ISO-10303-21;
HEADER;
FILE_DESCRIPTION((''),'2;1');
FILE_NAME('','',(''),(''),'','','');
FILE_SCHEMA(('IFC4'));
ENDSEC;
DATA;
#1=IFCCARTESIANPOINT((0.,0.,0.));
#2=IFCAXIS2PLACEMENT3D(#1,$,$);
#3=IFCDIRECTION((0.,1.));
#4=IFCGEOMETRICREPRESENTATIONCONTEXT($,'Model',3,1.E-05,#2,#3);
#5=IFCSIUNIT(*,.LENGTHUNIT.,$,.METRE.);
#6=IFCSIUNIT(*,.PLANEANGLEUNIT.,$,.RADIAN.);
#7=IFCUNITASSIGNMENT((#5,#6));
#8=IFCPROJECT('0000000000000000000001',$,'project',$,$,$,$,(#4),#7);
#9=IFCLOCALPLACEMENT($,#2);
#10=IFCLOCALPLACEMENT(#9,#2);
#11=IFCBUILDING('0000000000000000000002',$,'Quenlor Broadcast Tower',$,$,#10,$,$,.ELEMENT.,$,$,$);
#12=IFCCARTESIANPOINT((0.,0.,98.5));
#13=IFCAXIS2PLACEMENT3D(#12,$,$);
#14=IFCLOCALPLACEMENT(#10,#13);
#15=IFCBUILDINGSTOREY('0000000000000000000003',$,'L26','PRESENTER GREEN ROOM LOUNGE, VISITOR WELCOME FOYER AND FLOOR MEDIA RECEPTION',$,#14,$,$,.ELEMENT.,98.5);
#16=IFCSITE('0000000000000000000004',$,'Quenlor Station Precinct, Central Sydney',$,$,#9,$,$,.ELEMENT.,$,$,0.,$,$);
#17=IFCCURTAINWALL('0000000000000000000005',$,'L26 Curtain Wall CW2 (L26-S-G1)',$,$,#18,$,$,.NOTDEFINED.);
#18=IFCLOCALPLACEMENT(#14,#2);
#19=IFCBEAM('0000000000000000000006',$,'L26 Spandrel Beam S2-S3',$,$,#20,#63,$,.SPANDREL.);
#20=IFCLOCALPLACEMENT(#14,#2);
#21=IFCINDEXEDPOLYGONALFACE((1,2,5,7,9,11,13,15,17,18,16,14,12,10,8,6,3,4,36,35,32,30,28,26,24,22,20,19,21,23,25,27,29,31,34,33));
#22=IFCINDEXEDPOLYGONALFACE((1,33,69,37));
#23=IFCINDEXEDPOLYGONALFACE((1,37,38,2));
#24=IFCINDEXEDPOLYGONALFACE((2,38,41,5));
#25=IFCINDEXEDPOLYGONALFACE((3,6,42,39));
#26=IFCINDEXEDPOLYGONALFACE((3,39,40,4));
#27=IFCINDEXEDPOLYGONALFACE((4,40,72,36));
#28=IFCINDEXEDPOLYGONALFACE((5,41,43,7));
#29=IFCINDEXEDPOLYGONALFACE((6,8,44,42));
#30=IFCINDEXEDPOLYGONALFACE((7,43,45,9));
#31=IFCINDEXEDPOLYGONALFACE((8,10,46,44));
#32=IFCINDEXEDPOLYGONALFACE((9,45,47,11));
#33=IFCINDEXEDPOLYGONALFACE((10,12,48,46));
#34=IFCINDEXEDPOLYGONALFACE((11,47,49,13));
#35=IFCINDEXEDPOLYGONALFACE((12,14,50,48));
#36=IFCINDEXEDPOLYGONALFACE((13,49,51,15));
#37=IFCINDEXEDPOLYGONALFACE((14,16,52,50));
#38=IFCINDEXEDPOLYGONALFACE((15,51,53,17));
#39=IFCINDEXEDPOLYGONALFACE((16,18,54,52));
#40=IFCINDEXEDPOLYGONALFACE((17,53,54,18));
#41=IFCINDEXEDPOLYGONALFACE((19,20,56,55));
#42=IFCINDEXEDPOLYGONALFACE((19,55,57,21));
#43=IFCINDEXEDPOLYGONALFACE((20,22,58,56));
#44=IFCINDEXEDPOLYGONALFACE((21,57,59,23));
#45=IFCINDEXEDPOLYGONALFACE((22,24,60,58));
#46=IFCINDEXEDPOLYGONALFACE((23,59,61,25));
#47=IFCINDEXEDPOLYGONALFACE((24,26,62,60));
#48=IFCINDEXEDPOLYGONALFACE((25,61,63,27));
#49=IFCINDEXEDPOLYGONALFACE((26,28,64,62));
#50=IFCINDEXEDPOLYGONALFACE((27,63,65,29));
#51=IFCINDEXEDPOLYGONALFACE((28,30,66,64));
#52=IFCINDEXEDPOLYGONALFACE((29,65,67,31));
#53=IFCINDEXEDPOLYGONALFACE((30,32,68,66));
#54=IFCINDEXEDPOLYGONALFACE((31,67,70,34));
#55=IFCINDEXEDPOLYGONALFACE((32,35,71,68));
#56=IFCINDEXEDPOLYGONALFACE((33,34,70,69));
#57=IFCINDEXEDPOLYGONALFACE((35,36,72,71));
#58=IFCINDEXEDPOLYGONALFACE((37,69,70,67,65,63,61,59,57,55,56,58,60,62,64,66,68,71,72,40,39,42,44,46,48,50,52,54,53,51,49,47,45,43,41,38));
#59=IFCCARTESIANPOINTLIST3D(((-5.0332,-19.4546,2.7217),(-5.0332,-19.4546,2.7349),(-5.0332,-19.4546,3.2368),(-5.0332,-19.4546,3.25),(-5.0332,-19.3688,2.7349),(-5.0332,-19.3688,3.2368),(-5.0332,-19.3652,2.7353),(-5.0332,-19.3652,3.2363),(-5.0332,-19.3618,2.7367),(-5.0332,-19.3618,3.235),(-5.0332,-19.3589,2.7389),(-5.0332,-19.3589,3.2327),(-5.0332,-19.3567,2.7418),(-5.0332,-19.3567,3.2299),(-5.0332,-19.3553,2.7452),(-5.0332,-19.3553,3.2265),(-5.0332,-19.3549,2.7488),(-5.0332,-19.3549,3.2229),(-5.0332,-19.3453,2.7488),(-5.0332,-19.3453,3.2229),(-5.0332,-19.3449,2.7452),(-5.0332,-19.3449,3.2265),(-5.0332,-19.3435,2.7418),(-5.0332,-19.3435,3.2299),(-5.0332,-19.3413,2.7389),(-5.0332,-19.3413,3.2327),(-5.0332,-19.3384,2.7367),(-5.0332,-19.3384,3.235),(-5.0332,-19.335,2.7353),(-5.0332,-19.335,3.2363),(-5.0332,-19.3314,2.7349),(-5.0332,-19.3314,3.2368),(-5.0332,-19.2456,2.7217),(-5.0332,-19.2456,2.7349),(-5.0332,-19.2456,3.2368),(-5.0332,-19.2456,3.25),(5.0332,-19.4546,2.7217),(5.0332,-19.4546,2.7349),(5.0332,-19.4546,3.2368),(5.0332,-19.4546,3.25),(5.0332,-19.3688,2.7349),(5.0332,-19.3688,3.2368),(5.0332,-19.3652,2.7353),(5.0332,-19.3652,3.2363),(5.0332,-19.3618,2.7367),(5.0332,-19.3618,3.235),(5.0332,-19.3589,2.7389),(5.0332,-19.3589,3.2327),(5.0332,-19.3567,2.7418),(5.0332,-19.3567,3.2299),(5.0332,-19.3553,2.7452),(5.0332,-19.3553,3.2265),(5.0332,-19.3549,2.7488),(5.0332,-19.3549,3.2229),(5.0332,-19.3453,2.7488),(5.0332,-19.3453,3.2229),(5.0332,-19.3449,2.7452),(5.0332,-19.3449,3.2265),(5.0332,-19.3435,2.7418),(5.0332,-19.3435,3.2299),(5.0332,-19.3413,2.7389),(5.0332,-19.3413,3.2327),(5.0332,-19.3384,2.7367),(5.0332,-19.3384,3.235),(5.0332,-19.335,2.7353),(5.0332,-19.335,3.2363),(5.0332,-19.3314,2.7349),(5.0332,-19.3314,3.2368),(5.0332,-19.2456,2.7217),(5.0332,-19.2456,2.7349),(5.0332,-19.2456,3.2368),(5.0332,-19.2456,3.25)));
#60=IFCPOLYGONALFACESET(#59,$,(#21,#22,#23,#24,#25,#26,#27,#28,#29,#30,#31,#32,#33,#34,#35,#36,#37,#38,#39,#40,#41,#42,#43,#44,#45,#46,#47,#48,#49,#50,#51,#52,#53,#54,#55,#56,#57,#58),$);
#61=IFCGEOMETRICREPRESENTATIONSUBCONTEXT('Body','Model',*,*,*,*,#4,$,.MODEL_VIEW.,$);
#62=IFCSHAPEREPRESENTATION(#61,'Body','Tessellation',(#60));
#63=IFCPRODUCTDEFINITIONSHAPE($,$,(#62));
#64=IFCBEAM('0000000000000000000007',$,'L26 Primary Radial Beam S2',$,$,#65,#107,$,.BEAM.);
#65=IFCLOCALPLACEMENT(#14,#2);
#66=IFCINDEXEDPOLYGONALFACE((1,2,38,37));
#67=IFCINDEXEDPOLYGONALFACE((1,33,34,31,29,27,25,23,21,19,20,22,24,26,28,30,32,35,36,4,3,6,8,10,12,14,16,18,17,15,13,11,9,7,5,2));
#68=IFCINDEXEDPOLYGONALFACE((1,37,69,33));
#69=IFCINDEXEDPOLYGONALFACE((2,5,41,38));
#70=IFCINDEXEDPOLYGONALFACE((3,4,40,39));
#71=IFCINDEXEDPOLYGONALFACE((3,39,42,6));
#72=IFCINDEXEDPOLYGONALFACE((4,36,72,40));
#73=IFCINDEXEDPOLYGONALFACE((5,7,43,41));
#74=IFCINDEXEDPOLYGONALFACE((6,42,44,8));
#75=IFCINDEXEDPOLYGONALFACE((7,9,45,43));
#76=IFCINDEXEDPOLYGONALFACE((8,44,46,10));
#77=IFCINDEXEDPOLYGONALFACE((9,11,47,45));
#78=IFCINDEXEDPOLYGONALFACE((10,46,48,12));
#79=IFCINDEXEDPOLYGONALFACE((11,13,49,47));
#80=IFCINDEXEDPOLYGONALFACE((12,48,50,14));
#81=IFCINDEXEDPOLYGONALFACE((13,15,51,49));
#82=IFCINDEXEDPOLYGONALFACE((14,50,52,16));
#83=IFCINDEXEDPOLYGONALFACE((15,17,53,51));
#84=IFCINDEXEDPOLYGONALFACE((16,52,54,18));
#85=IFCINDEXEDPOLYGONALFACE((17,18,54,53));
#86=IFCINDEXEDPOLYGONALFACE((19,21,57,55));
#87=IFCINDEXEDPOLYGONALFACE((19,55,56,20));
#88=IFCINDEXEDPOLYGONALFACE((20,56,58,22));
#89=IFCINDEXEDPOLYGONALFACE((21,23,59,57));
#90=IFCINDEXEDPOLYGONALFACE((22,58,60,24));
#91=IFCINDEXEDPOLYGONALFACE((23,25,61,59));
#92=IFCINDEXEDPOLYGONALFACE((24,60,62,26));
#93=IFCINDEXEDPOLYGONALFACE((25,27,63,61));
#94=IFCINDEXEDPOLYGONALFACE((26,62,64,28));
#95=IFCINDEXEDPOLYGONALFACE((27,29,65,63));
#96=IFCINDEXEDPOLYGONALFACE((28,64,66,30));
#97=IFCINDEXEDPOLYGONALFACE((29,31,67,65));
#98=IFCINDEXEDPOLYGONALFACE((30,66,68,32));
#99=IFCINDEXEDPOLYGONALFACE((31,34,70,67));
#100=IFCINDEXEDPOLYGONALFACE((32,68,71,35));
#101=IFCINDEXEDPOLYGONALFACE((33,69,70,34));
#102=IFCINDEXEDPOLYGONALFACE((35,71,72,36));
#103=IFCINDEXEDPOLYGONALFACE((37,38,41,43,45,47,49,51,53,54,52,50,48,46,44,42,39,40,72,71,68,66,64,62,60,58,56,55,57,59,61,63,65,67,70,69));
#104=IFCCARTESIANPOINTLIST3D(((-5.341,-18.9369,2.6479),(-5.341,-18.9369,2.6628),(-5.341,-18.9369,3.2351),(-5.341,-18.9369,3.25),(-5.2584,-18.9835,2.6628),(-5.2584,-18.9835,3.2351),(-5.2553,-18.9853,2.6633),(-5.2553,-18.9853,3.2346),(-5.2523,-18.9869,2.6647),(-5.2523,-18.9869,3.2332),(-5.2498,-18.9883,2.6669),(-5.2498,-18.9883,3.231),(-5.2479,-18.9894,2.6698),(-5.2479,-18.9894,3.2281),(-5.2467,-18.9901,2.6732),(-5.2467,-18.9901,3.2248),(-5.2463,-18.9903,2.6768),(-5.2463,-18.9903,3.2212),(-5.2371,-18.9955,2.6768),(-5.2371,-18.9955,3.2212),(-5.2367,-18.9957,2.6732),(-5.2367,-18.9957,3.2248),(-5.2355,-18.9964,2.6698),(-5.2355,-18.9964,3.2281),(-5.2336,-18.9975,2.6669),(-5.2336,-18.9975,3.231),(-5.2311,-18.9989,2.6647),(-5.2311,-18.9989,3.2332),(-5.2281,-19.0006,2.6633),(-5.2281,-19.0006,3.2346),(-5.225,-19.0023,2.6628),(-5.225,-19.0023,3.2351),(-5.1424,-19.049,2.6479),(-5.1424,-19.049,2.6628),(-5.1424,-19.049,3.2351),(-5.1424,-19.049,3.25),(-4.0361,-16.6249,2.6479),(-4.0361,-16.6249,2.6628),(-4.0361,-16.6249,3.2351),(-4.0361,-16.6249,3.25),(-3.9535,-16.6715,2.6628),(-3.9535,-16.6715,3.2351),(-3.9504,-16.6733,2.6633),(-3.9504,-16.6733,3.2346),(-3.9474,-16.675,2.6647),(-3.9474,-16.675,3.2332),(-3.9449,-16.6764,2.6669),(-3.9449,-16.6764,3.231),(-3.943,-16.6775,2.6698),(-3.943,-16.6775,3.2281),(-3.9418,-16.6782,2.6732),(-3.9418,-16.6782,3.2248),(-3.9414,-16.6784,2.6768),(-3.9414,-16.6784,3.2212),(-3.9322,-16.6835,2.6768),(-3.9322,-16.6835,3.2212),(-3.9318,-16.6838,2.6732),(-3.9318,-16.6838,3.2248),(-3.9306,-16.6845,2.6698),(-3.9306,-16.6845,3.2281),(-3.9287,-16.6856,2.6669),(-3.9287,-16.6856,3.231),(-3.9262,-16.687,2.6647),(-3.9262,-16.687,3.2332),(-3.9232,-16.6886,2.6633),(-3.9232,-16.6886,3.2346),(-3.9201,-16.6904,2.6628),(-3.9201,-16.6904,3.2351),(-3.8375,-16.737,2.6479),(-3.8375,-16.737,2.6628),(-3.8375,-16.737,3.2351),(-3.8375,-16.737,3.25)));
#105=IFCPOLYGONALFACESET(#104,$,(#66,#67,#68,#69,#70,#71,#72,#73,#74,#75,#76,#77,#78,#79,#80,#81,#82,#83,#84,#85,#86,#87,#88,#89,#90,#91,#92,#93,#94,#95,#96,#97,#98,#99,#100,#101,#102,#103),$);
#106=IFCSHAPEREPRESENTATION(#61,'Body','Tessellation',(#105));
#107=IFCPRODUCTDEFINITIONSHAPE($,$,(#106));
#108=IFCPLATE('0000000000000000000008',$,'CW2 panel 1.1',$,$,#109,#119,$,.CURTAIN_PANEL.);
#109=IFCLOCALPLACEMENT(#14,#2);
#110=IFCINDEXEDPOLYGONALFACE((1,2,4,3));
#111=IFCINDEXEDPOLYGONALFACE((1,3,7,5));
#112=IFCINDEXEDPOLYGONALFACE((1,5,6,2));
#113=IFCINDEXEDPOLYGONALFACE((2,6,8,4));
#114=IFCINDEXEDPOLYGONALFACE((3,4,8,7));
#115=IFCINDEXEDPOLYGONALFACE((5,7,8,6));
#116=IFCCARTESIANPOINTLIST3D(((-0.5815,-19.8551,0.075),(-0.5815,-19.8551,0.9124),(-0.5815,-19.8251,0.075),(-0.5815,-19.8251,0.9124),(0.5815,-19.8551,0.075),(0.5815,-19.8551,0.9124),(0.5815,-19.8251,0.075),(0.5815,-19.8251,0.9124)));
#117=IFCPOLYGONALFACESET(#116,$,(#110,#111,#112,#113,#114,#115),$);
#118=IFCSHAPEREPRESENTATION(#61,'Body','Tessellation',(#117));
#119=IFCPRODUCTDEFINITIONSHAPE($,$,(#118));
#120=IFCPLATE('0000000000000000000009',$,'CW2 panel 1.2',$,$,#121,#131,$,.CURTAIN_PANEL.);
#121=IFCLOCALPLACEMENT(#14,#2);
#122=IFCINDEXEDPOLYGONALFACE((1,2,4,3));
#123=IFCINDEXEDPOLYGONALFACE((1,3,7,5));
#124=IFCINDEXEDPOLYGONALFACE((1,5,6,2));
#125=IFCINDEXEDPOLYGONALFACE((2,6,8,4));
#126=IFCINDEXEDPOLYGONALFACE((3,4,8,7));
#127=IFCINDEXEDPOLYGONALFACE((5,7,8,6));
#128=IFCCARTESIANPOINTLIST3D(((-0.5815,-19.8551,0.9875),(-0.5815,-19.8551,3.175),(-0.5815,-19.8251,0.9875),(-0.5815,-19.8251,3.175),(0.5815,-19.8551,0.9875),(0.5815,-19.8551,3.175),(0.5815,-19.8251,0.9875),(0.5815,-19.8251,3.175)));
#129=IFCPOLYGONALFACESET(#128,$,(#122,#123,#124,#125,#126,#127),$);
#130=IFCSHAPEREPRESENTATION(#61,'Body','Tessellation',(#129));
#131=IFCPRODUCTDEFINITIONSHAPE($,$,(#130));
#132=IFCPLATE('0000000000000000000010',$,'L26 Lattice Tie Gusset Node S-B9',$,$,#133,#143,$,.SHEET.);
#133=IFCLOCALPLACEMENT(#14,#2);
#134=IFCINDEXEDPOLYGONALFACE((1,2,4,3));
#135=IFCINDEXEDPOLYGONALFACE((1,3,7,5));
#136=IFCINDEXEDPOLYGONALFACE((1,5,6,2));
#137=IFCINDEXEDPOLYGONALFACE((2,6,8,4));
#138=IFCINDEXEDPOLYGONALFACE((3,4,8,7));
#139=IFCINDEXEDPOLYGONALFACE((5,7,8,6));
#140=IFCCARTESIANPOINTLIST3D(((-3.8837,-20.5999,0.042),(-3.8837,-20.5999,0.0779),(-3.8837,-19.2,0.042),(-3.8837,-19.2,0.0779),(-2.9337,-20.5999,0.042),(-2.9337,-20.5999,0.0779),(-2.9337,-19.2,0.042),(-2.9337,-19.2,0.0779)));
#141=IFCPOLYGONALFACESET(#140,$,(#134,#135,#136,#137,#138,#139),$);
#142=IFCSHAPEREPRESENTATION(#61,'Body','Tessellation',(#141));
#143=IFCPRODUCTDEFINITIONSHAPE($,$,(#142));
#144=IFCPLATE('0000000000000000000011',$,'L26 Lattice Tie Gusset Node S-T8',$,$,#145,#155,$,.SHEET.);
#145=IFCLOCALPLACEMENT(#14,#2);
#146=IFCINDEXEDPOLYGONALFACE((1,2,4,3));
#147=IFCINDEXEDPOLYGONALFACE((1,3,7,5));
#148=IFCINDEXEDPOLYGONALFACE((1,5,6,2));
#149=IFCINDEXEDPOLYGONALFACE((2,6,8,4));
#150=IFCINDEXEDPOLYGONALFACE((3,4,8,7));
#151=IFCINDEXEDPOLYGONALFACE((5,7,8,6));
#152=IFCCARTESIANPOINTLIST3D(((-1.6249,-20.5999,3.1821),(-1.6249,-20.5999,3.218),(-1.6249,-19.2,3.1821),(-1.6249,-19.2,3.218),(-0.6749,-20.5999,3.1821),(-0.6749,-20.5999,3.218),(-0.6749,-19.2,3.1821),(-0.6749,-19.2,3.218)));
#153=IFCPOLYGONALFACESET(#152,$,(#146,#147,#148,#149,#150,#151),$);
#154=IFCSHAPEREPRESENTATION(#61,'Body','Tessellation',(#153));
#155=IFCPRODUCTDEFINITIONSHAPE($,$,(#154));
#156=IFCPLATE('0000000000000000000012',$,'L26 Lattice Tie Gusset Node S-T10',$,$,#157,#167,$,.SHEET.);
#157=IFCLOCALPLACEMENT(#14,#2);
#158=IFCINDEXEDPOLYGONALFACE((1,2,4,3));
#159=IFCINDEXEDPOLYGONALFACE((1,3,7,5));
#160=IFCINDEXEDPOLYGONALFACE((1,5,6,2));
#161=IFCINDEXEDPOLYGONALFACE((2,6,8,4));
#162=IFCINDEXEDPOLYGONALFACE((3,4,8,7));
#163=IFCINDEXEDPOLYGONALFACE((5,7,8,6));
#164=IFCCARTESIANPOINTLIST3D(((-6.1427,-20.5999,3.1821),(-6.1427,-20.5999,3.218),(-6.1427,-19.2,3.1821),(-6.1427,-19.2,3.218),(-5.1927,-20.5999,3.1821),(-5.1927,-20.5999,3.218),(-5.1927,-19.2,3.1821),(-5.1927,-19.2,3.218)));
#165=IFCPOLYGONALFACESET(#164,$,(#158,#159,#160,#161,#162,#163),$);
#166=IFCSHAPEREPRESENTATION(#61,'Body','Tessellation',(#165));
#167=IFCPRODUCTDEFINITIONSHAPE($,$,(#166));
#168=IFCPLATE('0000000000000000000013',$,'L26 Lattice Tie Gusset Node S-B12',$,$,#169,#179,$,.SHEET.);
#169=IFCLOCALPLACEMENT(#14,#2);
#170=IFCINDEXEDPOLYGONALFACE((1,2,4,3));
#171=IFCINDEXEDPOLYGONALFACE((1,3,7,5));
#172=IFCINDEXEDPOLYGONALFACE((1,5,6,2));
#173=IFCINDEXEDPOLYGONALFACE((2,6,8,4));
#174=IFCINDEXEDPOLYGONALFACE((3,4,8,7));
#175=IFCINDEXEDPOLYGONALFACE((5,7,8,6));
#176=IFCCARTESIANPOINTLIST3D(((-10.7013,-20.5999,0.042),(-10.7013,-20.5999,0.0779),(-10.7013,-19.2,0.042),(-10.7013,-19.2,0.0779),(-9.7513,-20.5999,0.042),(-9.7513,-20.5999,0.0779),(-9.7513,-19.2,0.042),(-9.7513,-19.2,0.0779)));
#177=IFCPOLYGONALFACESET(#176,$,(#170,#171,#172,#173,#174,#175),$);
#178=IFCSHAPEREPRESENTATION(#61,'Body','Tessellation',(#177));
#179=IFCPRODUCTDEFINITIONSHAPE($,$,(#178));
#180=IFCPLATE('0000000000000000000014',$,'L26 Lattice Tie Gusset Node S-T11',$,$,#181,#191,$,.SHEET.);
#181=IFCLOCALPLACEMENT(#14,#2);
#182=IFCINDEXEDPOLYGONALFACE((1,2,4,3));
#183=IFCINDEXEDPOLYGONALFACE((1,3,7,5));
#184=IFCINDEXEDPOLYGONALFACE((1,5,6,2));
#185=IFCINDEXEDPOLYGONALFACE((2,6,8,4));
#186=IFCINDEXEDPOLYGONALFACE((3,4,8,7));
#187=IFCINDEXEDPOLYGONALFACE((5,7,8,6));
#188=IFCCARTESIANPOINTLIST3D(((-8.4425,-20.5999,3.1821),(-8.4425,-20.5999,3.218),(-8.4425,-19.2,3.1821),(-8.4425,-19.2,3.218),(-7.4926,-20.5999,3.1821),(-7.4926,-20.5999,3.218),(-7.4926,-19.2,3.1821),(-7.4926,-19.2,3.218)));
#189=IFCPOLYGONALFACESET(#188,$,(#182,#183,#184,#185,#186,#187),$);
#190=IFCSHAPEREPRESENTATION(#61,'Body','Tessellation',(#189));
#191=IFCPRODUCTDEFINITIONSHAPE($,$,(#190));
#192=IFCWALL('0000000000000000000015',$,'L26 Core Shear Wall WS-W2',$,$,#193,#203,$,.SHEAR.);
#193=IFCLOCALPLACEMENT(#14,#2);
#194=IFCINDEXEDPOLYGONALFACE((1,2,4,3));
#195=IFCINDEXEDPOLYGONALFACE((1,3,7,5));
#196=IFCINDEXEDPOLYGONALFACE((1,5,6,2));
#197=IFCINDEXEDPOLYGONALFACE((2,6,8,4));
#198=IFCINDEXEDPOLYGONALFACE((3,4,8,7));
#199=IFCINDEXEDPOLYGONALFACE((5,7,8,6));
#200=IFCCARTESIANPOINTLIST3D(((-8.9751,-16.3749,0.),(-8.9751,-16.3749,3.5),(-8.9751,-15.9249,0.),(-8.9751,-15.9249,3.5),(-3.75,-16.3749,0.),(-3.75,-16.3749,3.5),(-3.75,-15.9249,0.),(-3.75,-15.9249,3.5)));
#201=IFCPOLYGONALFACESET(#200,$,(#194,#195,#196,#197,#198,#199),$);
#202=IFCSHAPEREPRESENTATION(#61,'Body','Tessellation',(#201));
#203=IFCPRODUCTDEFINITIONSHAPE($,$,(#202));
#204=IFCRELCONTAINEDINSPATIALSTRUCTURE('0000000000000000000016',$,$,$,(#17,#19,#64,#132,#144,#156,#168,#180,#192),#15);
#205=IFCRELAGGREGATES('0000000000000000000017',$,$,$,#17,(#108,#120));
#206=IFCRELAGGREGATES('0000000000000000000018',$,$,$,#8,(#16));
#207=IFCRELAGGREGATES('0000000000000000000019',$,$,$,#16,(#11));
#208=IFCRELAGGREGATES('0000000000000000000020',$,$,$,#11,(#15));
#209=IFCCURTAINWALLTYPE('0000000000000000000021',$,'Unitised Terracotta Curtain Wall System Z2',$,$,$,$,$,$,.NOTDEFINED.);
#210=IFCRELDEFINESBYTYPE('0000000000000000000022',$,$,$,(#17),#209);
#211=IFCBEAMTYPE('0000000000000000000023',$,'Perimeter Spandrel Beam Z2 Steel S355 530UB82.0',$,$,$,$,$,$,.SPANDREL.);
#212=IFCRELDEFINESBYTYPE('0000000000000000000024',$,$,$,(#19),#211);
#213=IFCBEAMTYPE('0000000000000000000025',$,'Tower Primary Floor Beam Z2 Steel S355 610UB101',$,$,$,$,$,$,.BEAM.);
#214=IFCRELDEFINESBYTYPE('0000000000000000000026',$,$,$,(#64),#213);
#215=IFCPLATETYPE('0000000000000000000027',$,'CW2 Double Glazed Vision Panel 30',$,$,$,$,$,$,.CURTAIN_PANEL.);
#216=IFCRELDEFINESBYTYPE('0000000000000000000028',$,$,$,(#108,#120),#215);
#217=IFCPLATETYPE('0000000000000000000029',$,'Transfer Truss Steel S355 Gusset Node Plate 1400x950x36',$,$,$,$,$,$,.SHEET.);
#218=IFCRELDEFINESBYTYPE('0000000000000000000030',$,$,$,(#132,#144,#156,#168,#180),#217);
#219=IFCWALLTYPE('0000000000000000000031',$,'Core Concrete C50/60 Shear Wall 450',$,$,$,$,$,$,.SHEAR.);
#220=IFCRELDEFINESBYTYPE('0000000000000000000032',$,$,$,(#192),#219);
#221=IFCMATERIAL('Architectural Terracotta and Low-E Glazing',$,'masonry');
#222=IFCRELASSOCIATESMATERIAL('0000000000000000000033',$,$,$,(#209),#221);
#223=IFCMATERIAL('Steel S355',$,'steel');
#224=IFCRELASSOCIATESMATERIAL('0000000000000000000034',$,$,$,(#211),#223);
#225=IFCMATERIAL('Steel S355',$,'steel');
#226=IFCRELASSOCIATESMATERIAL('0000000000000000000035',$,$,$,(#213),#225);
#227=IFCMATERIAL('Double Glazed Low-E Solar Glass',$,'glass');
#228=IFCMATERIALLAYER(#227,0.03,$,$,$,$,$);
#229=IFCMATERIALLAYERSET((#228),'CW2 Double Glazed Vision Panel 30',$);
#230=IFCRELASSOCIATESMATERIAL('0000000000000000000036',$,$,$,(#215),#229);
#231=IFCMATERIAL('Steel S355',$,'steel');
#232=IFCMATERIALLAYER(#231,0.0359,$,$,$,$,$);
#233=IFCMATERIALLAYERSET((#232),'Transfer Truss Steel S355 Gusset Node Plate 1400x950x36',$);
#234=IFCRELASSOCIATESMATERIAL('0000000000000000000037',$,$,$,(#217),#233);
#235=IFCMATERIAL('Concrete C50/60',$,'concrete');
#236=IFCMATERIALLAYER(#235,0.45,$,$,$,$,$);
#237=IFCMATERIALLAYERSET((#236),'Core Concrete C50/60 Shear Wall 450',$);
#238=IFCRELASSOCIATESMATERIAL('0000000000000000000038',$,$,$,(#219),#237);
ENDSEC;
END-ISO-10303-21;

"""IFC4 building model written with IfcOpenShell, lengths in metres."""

from ifc_helpers import new_model, si_unit, direction, frame, frame_2d, origin, origin_2d, place, context, subcontext, project, spatial, rectangle, i_section, extrude, material, layer, layer_set, material_profile, profile_set, type_object, element, aggregate, save


model = new_model("IFC4")

# Units and contexts
model_context = context("Model", 3, precision=1e-05, world=origin(), true_north=direction((0.0, 1.0)))
body_context = subcontext(model_context, "Body", "Model", "MODEL_VIEW")
ifc_project = project(units=[si_unit("LENGTHUNIT", "METRE"), si_unit("PLANEANGLEUNIT", "RADIAN")], contexts=[model_context])

# Site, building, storey
site_placement = place(None, origin())
site = spatial("IfcSite", under=ifc_project, at=site_placement, Name="Quenlor Station Precinct, Central Sydney", CompositionType="ELEMENT", RefElevation=0.0)
building_placement = place(site_placement, origin())
building = spatial("IfcBuilding", under=site, at=building_placement, Name="Quenlor Broadcast Tower", CompositionType="ELEMENT")
storey_placement = place(building_placement, frame((0.0, 0.0, 98.5)))
storey = spatial("IfcBuildingStorey", under=building, at=storey_placement, Name="L26", Description="PRESENTER GREEN ROOM LOUNGE, VISITOR WELCOME FOYER AND FLOOR MEDIA RECEPTION", CompositionType="ELEMENT", Elevation=98.5)

# Curtain wall
ifc_material_1 = material(Name="Architectural Terracotta and Low-E Glazing", Category="masonry")
curtain_wall_type = type_object("IfcCurtainWallType", Name="Unitised Terracotta Curtain Wall System Z2", PredefinedType="NOTDEFINED", material=ifc_material_1)
curtain_wall_placement = place(storey_placement, origin())
curtain_wall = element("IfcCurtainWall", 1, at=curtain_wall_placement, inside=storey, type_object=curtain_wall_type, Name="L26 Curtain Wall CW2 (L26-S-G1)", PredefinedType="NOTDEFINED")

# Beams
ifc_material_2 = material(Name="Steel S355", Category="steel")
ifc_material_profile_1 = material_profile(ifc_material_2, i_section(OverallWidth=0.209, OverallDepth=0.5283, WebThickness=0.0095, FlangeThickness=0.0132, FilletRadius=0.0139, at=origin_2d()))
ifc_profile_set_1 = profile_set([ifc_material_profile_1], Name="Steel S355 530UB82.0")
beam_type_1 = type_object("IfcBeamType", Name="Perimeter Spandrel Beam Z2 Steel S355 530UB82.0", PredefinedType="SPANDREL", material=ifc_profile_set_1)
beam_1_placement = place(storey_placement, frame((-5.0332, -19.3501, 2.9858), z_axis=(1.0, 0.0, 0.0), x_axis=(0.0, 1.0, 0.0)))
element("IfcBeam", 2, at=beam_1_placement, inside=storey, type_object=beam_type_1, Name="L26 Spandrel Beam S2-S3", PredefinedType="SPANDREL", context=body_context, shape_type="SweptSolid", body=[
    extrude(i_section(OverallWidth=0.209, OverallDepth=0.5283, WebThickness=0.0095, FlangeThickness=0.0132, FilletRadius=0.0139, at=origin_2d()), origin(), (0.0, 0.0, 1.0), 10.0664),
])
ifc_material_3 = material(Name="Steel S355", Category="steel")
ifc_material_profile_2 = material_profile(ifc_material_3, i_section(OverallWidth=0.228, OverallDepth=0.6021, WebThickness=0.0105, FlangeThickness=0.0149, FilletRadius=0.0139, at=origin_2d()))
ifc_profile_set_2 = profile_set([ifc_material_profile_2], Name="Steel S355 610UB101")
beam_type_2 = type_object("IfcBeamType", Name="Tower Primary Floor Beam Z2 Steel S355 610UB101", PredefinedType="BEAM", material=ifc_profile_set_2)
beam_2_placement = place(storey_placement, frame((-5.2417, -18.9929, 2.949), z_axis=(0.491527, 0.870862, 0.0), x_axis=(-0.870862, 0.491527, 0.0)))
element("IfcBeam", 3, at=beam_2_placement, inside=storey, type_object=beam_type_2, Name="L26 Primary Radial Beam S2", PredefinedType="BEAM", context=body_context, shape_type="SweptSolid", body=[
    extrude(i_section(OverallWidth=0.228, OverallDepth=0.6021, WebThickness=0.0105, FlangeThickness=0.0149, FilletRadius=0.0139, at=origin_2d()), origin(), (0.0, 0.0, 1.0), 2.6548),
])

# Plates
ifc_material_4 = material(Name="Double Glazed Low-E Solar Glass", Category="glass")
ifc_layer_1 = layer(ifc_material_4, 0.03)
ifc_layer_set_1 = layer_set([ifc_layer_1], Name="CW2 Double Glazed Vision Panel 30")
plate_type_1 = type_object("IfcPlateType", Name="CW2 Double Glazed Vision Panel 30", PredefinedType="CURTAIN_PANEL", material=ifc_layer_set_1)
plate_1_placement = place(storey_placement, frame((0.0, -19.8401, 0.075), z_axis=(0.0, 0.0, 1.0), x_axis=(-1.0, 0.0, 0.0)))
plate_1 = element("IfcPlate", 4, at=plate_1_placement, type_object=plate_type_1, Name="CW2 panel 1.1", PredefinedType="CURTAIN_PANEL", context=body_context, shape_type="SweptSolid", body=[
    extrude(rectangle(XDim=1.1631, YDim=0.03, at=origin_2d()), origin(), (0.0, 0.0, 1.0), 0.8374),
])
plate_2_placement = place(storey_placement, frame((0.0, -19.8401, 0.9875), z_axis=(0.0, 0.0, 1.0), x_axis=(-1.0, 0.0, 0.0)))
plate_2 = element("IfcPlate", 5, at=plate_2_placement, type_object=plate_type_1, Name="CW2 panel 1.2", PredefinedType="CURTAIN_PANEL", context=body_context, shape_type="SweptSolid", body=[
    extrude(rectangle(XDim=1.1631, YDim=0.03, at=origin_2d()), origin(), (0.0, 0.0, 1.0), 2.1875),
])
aggregate(curtain_wall, [plate_1, plate_2])

# Plates
ifc_material_5 = material(Name="Steel S355", Category="steel")
ifc_layer_2 = layer(ifc_material_5, 0.0359)
ifc_layer_set_2 = layer_set([ifc_layer_2], Name="Transfer Truss Steel S355 Gusset Node Plate 1400x950x36")
plate_type_2 = type_object("IfcPlateType", Name="Transfer Truss Steel S355 Gusset Node Plate 1400x950x36", PredefinedType="SHEET", material=ifc_layer_set_2)
for number, where, z_axis, x_axis, name in (
    (6, (-3.4087, -19.8999, 0.042), (0.0, 0.0, 1.0), (0.0, -1.0, 0.0), "L26 Lattice Tie Gusset Node S-B9"),
    (7, (-1.1499, -19.8999, 3.1821), (0.0, 0.0, 1.0), (0.0, -1.0, 0.0), "L26 Lattice Tie Gusset Node S-T8"),
    (8, (-5.6677, -19.8999, 3.1821), (0.0, 0.0, 1.0), (0.0, -1.0, 0.0), "L26 Lattice Tie Gusset Node S-T10"),
    (9, (-10.2263, -19.8999, 0.042), (0.0, 0.0, 1.0), (0.0, -1.0, 0.0), "L26 Lattice Tie Gusset Node S-B12"),
    (10, (-7.9675, -19.8999, 3.1821), (0.0, 0.0, 1.0), (0.0, -1.0, 0.0), "L26 Lattice Tie Gusset Node S-T11"),
):
    element("IfcPlate", number, at=place(storey_placement, frame(where, z_axis=z_axis, x_axis=x_axis)), inside=storey, type_object=plate_type_2, Name=name, PredefinedType="SHEET", context=body_context, shape_type="SweptSolid", body=[
        extrude(rectangle(XDim=1.3999, YDim=0.95, at=origin_2d()), origin(), (0.0, 0.0, 1.0), 0.0359),
    ])

# Wall
ifc_material_6 = material(Name="Concrete C50/60", Category="concrete")
ifc_layer_3 = layer(ifc_material_6, 0.45)
ifc_layer_set_3 = layer_set([ifc_layer_3], Name="Core Concrete C50/60 Shear Wall 450")
wall_type_1 = type_object("IfcWallType", Name="Core Concrete C50/60 Shear Wall 450", PredefinedType="SHEAR", material=ifc_layer_set_3)
wall_1_placement = place(storey_placement, frame((-8.9751, -16.1499, 0.0), z_axis=(0.0, 0.0, 1.0), x_axis=(1.0, 0.0, 0.0)))
element("IfcWall", 11, at=wall_1_placement, inside=storey, type_object=wall_type_1, Name="L26 Core Shear Wall WS-W2", PredefinedType="SHEAR", context=body_context, shape_type="SweptSolid", body=[
    extrude(rectangle(XDim=5.2251, YDim=0.45, at=frame_2d((2.6125, 0.0))), origin(), (0.0, 0.0, 1.0), 3.5),
])

save(model, "model.ifc")
